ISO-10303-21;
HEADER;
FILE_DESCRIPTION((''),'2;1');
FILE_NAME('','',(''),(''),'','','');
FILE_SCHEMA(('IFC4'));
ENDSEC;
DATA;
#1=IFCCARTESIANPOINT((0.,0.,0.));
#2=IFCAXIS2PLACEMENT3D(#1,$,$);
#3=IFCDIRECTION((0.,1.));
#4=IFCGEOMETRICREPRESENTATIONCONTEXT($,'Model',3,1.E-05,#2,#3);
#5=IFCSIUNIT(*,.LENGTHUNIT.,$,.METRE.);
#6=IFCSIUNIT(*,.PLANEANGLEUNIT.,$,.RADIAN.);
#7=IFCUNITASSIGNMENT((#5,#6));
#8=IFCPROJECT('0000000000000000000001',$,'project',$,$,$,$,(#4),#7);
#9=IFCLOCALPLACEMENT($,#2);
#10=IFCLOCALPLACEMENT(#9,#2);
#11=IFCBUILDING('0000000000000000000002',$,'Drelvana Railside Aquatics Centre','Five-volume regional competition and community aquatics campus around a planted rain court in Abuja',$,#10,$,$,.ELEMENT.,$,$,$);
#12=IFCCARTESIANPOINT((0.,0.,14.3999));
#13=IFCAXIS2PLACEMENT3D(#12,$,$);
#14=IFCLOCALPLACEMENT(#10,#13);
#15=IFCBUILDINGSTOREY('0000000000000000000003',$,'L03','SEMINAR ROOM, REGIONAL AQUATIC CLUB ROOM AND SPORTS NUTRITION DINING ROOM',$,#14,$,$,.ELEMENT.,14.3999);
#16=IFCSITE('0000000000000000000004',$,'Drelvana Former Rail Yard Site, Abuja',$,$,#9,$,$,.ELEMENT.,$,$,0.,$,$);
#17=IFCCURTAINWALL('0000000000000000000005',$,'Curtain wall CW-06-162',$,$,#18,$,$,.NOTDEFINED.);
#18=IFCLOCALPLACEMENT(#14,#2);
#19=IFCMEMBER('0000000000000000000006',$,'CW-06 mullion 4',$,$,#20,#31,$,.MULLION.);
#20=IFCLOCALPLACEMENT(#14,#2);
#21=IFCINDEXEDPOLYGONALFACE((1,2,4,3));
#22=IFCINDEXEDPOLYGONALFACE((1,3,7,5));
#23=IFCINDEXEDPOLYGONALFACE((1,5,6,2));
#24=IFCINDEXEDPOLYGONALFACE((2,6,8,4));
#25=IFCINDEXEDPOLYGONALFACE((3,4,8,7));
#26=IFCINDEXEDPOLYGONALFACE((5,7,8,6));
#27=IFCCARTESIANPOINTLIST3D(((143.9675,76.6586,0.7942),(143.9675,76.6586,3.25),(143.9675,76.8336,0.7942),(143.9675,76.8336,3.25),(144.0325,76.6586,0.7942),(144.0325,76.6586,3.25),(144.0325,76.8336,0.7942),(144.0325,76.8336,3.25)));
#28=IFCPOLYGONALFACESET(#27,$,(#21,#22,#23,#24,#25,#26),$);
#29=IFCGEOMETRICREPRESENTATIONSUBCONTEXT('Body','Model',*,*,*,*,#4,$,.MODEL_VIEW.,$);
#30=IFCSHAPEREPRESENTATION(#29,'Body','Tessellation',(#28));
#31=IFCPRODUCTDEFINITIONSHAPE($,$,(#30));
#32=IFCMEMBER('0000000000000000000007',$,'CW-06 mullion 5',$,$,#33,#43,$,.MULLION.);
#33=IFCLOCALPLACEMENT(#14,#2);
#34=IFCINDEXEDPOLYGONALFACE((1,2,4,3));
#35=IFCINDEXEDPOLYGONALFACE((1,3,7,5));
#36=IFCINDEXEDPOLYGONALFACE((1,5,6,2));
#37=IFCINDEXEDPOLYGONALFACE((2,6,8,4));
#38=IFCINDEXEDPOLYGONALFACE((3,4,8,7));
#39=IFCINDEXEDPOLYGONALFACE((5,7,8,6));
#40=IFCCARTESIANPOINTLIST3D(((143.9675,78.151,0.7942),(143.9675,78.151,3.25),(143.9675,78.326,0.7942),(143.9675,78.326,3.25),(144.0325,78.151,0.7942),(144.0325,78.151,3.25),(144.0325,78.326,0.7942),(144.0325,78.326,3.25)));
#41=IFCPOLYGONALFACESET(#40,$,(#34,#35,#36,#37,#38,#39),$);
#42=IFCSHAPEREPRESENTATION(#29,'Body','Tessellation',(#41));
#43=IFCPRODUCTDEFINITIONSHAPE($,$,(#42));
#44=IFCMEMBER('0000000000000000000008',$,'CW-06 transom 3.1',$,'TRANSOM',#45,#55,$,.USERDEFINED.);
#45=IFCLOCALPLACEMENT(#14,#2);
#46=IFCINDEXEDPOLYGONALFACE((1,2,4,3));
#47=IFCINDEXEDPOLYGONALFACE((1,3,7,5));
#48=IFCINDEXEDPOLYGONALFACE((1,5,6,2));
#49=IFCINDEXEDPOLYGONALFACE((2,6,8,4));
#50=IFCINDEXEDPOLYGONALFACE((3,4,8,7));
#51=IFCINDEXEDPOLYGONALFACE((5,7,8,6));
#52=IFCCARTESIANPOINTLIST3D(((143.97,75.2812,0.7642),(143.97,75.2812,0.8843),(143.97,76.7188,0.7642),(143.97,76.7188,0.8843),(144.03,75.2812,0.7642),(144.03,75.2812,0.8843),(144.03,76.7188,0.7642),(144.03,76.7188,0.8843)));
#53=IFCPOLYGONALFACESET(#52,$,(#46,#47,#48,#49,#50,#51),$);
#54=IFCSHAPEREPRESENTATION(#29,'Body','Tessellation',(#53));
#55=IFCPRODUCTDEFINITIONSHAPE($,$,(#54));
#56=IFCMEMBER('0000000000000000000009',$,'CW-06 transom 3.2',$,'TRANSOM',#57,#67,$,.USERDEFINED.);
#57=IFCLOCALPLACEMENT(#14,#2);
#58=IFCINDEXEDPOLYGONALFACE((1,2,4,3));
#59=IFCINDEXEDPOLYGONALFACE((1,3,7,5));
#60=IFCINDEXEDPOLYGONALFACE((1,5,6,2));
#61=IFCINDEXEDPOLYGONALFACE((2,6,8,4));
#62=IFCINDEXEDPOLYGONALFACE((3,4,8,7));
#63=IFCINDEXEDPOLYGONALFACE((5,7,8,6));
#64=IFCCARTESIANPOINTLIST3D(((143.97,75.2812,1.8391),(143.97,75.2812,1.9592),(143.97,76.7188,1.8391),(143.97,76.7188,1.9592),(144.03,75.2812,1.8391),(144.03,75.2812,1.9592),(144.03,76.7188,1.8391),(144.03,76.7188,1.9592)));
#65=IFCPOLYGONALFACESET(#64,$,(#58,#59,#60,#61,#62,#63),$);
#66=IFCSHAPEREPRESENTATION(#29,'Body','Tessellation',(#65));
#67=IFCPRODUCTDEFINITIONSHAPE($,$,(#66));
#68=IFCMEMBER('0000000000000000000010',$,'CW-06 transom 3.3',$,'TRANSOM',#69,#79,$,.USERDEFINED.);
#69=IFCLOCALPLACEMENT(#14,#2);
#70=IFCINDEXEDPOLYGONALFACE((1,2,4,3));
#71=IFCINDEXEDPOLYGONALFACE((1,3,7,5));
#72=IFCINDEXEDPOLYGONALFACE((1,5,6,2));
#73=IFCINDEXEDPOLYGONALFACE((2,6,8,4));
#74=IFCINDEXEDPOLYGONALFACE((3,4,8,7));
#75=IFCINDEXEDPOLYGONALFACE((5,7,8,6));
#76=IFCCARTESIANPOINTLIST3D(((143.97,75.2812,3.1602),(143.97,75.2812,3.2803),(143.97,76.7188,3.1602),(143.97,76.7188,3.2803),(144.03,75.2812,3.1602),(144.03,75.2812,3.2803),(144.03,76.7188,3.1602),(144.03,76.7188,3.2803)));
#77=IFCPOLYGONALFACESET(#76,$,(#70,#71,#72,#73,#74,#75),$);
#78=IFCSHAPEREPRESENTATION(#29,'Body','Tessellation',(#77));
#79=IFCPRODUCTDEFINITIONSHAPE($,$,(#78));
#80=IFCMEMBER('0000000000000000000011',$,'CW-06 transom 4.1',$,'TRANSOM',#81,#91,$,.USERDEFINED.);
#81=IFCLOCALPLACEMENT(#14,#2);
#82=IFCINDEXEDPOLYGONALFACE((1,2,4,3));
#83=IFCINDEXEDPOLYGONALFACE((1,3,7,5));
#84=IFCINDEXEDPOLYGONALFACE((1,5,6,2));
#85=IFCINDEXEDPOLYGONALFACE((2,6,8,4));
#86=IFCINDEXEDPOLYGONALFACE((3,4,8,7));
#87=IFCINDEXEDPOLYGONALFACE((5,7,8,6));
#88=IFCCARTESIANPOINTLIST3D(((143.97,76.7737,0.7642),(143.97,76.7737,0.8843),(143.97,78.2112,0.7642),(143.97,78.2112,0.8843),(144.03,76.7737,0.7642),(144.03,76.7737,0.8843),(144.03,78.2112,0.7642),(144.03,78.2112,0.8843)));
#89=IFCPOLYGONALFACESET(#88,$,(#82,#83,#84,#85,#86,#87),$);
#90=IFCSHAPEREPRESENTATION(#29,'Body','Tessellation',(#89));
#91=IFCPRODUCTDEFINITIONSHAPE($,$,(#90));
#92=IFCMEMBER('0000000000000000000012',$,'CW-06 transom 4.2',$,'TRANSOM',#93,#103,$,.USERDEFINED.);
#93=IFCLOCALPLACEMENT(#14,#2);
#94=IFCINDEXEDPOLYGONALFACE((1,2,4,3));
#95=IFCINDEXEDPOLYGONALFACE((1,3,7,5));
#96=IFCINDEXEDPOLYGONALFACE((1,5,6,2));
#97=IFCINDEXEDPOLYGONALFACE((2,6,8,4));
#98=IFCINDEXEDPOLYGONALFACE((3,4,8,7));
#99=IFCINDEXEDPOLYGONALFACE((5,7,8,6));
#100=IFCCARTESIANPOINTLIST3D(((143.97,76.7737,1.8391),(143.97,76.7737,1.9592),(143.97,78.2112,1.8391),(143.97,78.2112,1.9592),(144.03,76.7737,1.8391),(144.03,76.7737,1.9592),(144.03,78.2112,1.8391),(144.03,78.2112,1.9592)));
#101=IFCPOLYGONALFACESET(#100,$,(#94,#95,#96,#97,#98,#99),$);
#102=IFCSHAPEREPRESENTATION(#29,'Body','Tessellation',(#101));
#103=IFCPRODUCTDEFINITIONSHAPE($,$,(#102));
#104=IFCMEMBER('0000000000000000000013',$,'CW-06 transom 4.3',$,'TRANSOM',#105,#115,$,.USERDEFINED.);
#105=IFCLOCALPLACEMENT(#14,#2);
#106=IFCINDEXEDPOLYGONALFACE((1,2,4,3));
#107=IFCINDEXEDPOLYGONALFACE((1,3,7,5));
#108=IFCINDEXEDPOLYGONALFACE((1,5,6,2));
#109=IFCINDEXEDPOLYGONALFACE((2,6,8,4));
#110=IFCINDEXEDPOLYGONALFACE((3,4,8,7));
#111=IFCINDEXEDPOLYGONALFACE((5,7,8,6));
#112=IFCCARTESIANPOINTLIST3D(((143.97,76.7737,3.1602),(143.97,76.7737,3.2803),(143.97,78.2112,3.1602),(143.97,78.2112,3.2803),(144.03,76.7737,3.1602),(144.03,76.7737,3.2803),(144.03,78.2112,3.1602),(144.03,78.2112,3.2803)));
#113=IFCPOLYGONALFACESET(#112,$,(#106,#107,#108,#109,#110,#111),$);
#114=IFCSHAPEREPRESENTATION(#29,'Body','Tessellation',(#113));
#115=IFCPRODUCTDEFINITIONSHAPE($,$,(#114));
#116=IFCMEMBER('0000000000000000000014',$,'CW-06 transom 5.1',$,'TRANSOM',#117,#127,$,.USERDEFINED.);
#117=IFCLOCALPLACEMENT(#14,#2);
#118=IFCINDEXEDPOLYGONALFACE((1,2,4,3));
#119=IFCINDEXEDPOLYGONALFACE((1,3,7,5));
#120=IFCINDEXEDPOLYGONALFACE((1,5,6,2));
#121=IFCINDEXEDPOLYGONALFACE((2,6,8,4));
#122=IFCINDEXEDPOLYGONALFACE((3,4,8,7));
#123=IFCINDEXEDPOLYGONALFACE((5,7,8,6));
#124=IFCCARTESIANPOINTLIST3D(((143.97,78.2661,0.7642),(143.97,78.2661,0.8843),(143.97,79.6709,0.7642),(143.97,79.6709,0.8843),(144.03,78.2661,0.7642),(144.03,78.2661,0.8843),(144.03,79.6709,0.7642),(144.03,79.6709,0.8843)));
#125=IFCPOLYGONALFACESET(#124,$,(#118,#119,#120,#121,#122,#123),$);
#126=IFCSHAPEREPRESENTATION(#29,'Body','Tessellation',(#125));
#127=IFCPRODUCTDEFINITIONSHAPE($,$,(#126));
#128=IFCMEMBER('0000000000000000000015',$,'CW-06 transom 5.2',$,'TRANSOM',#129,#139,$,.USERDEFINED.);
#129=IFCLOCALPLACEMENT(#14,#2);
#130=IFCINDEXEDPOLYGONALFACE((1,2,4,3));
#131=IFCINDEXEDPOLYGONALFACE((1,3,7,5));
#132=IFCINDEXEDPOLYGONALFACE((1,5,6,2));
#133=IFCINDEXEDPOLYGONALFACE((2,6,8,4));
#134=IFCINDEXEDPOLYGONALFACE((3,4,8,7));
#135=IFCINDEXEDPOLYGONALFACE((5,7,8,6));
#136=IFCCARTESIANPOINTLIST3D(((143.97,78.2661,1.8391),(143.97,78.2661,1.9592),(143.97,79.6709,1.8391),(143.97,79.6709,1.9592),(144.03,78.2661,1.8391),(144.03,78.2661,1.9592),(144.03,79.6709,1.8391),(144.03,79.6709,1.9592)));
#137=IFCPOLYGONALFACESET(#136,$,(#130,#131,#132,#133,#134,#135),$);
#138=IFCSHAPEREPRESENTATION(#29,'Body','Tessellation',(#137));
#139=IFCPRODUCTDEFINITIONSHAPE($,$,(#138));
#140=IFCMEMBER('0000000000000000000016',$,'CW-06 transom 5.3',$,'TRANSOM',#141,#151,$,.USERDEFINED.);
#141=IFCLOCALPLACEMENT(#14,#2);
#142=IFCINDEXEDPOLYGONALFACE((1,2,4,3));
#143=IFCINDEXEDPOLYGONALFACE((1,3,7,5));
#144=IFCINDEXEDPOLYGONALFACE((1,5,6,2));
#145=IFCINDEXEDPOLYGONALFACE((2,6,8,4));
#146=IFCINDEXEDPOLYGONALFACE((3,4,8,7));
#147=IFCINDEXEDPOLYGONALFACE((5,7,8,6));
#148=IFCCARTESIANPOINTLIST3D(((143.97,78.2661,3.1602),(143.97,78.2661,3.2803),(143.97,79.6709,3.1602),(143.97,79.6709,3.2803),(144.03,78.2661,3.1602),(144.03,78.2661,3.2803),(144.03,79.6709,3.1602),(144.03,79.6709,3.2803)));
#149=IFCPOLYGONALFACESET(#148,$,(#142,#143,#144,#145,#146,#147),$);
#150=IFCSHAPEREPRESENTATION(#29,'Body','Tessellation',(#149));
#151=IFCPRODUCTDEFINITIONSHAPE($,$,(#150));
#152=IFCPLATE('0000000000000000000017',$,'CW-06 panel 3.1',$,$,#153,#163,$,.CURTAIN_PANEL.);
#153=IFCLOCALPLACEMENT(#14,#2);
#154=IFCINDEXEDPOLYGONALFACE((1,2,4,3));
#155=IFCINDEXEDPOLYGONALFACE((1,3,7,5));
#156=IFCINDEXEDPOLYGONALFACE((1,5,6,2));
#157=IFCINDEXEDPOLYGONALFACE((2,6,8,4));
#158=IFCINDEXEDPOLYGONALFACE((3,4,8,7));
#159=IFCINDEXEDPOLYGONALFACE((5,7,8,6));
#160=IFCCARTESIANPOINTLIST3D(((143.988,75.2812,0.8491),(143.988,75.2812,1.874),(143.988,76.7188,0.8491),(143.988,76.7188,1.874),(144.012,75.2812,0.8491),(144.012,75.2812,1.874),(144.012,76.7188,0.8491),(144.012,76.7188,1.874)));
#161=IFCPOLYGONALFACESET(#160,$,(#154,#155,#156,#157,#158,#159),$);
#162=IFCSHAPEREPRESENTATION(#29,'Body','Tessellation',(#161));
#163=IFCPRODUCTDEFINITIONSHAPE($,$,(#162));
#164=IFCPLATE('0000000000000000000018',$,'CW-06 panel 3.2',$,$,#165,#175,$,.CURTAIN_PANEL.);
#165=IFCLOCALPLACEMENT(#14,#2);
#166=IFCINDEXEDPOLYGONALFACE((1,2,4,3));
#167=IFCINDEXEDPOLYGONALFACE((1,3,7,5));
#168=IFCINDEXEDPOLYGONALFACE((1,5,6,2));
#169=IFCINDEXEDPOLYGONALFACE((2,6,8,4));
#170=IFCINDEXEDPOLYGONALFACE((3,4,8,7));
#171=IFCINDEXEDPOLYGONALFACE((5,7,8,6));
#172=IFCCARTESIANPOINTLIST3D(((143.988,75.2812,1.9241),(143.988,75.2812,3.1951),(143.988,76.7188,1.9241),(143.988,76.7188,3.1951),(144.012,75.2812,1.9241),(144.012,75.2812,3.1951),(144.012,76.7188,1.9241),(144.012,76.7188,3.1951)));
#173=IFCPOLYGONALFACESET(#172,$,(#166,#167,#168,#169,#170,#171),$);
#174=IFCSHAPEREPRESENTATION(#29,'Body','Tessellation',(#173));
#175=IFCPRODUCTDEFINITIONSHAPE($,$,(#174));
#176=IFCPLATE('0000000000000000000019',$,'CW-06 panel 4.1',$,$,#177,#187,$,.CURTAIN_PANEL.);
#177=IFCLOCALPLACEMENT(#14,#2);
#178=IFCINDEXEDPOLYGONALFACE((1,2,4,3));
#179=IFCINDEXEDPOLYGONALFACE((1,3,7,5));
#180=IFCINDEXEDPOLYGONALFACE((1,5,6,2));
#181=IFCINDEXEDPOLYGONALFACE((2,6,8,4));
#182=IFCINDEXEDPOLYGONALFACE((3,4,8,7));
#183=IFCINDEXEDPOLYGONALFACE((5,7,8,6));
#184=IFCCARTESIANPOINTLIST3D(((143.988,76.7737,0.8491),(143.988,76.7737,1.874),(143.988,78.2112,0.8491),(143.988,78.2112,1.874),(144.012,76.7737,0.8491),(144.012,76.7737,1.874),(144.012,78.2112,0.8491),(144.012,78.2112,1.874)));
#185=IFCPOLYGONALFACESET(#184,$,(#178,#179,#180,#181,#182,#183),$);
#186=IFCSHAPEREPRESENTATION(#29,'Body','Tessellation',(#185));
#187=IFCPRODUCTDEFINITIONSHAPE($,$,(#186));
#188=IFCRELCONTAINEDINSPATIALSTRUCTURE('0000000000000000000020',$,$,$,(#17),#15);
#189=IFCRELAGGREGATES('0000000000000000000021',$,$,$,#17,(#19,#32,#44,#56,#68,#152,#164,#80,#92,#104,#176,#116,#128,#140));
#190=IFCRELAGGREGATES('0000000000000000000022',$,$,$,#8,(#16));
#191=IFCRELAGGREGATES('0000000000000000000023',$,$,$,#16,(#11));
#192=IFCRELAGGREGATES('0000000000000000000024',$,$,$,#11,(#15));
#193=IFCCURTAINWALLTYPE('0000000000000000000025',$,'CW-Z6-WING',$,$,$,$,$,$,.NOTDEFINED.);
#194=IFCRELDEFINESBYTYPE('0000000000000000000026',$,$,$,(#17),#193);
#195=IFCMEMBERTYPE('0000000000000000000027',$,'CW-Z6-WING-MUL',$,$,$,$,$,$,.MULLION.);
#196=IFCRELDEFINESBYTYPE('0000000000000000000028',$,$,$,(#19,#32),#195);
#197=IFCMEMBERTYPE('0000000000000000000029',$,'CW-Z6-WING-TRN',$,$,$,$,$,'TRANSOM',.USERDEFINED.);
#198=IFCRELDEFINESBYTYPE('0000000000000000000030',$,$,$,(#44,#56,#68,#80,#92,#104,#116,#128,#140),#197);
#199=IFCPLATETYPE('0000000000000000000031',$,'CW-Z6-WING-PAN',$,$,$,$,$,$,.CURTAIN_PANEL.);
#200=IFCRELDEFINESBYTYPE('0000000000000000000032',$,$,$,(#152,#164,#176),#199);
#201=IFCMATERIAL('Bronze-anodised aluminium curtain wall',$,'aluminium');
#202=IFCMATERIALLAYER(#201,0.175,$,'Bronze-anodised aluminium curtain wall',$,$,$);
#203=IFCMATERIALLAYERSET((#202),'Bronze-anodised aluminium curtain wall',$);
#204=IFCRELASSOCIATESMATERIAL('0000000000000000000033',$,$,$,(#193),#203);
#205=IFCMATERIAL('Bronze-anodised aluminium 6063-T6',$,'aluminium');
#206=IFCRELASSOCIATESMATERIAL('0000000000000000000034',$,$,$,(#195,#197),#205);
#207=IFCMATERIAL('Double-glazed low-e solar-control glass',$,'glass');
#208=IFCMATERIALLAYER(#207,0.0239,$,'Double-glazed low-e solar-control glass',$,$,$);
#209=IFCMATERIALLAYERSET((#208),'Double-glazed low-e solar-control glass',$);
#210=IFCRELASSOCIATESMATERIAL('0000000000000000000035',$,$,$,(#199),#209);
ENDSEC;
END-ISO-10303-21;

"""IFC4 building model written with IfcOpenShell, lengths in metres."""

from ifc_helpers import new_model, si_unit, direction, frame, origin, origin_2d, place, context, subcontext, project, spatial, rectangle, extrude, material, layer, layer_set, material_profile, profile_set, type_object, element, aggregate, save


model = new_model("IFC4")

# Units and contexts
model_context = context("Model", 3, precision=1e-05, world=origin(), true_north=direction((0.0, 1.0)))
body_context = subcontext(model_context, "Body", "Model", "MODEL_VIEW")
ifc_project = project(units=[si_unit("LENGTHUNIT", "METRE"), si_unit("PLANEANGLEUNIT", "RADIAN")], contexts=[model_context])

# Site, building, storey
site_placement = place(None, origin())
site = spatial("IfcSite", under=ifc_project, at=site_placement, Name="Drelvana Former Rail Yard Site, Abuja", CompositionType="ELEMENT", RefElevation=0.0)
building_placement = place(site_placement, origin())
building = spatial("IfcBuilding", under=site, at=building_placement, Name="Drelvana Railside Aquatics Centre", Description="Five-volume regional competition and community aquatics campus around a planted rain court in Abuja", CompositionType="ELEMENT")
storey_placement = place(building_placement, frame((0.0, 0.0, 14.3999)))
storey = spatial("IfcBuildingStorey", under=building, at=storey_placement, Name="L03", Description="SEMINAR ROOM, REGIONAL AQUATIC CLUB ROOM AND SPORTS NUTRITION DINING ROOM", CompositionType="ELEMENT", Elevation=14.3999)

# Curtain wall, members, plates
ifc_material_1 = material(Name="Bronze-anodised aluminium curtain wall", Category="aluminium")
ifc_layer_1 = layer(ifc_material_1, 0.175, Name="Bronze-anodised aluminium curtain wall")
ifc_layer_set_1 = layer_set([ifc_layer_1], Name="Bronze-anodised aluminium curtain wall")
curtain_wall_type = type_object("IfcCurtainWallType", Name="CW-Z6-WING", PredefinedType="NOTDEFINED", material=ifc_layer_set_1)
curtain_wall_placement = place(storey_placement, origin())
curtain_wall = element("IfcCurtainWall", 1, at=curtain_wall_placement, inside=storey, type_object=curtain_wall_type, Name="Curtain wall CW-06-162", PredefinedType="NOTDEFINED")
ifc_material_2 = material(Name="Bronze-anodised aluminium 6063-T6", Category="aluminium")
ifc_material_profile_1 = material_profile(ifc_material_2, rectangle(XDim=0.0649, YDim=0.175, at=origin_2d()), Name="ALU-M 65x175")
ifc_profile_set_1 = profile_set([ifc_material_profile_1], Name="Bronze-anodised aluminium 6063-T6")
member_type_1 = type_object("IfcMemberType", Name="CW-Z6-WING-MUL", PredefinedType="MULLION", material=ifc_profile_set_1)
member_1_placement = place(storey_placement, frame((144.0, 76.7461, 0.7942), z_axis=(0.0, 0.0, 1.0), x_axis=(-1.0, 0.0, 0.0)))
member_1 = element("IfcMember", 2, at=member_1_placement, type_object=member_type_1, Name="CW-06 mullion 4", PredefinedType="MULLION", context=body_context, shape_type="SweptSolid", body=[
    extrude(rectangle(XDim=0.0649, YDim=0.175, at=origin_2d()), origin(), (0.0, 0.0, 1.0), 2.4558),
])
member_2_placement = place(storey_placement, frame((144.0, 78.2385, 0.7942), z_axis=(0.0, 0.0, 1.0), x_axis=(-1.0, 0.0, 0.0)))
member_2 = element("IfcMember", 3, at=member_2_placement, type_object=member_type_1, Name="CW-06 mullion 5", PredefinedType="MULLION", context=body_context, shape_type="SweptSolid", body=[
    extrude(rectangle(XDim=0.0649, YDim=0.175, at=origin_2d()), origin(), (0.0, 0.0, 1.0), 2.4558),
])
ifc_material_profile_2 = material_profile(ifc_material_2, rectangle(XDim=0.1201, YDim=0.0601, at=origin_2d()), Name="ALU-T 60x120")
ifc_profile_set_2 = profile_set([ifc_material_profile_2], Name="Bronze-anodised aluminium 6063-T6")
member_type_2 = type_object("IfcMemberType", Name="CW-Z6-WING-TRN", ElementType="TRANSOM", PredefinedType="USERDEFINED", material=ifc_profile_set_2)
member_3_placement = place(storey_placement, frame((144.0, 75.2812, 0.8242), z_axis=(0.0, 1.0, 0.0), x_axis=(0.0, 0.0, 1.0)))
member_3 = element("IfcMember", 4, at=member_3_placement, type_object=member_type_2, Name="CW-06 transom 3.1", ObjectType="TRANSOM", PredefinedType="USERDEFINED", context=body_context, shape_type="SweptSolid", body=[
    extrude(rectangle(XDim=0.1201, YDim=0.0601, at=origin_2d()), origin(), (0.0, 0.0, 1.0), 1.4375),
])
member_4_placement = place(storey_placement, frame((144.0, 75.2812, 1.8992), z_axis=(0.0, 1.0, 0.0), x_axis=(0.0, 0.0, 1.0)))
member_4 = element("IfcMember", 5, at=member_4_placement, type_object=member_type_2, Name="CW-06 transom 3.2", ObjectType="TRANSOM", PredefinedType="USERDEFINED", context=body_context, shape_type="SweptSolid", body=[
    extrude(rectangle(XDim=0.1201, YDim=0.0601, at=origin_2d()), origin(), (0.0, 0.0, 1.0), 1.4375),
])
member_5_placement = place(storey_placement, frame((144.0, 75.2812, 3.2202), z_axis=(0.0, 1.0, 0.0), x_axis=(0.0, 0.0, 1.0)))
member_5 = element("IfcMember", 6, at=member_5_placement, type_object=member_type_2, Name="CW-06 transom 3.3", ObjectType="TRANSOM", PredefinedType="USERDEFINED", context=body_context, shape_type="SweptSolid", body=[
    extrude(rectangle(XDim=0.1201, YDim=0.0601, at=origin_2d()), origin(), (0.0, 0.0, 1.0), 1.4375),
])
member_6_placement = place(storey_placement, frame((144.0, 76.7737, 0.8242), z_axis=(0.0, 1.0, 0.0), x_axis=(0.0, 0.0, 1.0)))
member_6 = element("IfcMember", 7, at=member_6_placement, type_object=member_type_2, Name="CW-06 transom 4.1", ObjectType="TRANSOM", PredefinedType="USERDEFINED", context=body_context, shape_type="SweptSolid", body=[
    extrude(rectangle(XDim=0.1201, YDim=0.0601, at=origin_2d()), origin(), (0.0, 0.0, 1.0), 1.4375),
])
member_7_placement = place(storey_placement, frame((144.0, 76.7737, 1.8992), z_axis=(0.0, 1.0, 0.0), x_axis=(0.0, 0.0, 1.0)))
member_7 = element("IfcMember", 8, at=member_7_placement, type_object=member_type_2, Name="CW-06 transom 4.2", ObjectType="TRANSOM", PredefinedType="USERDEFINED", context=body_context, shape_type="SweptSolid", body=[
    extrude(rectangle(XDim=0.1201, YDim=0.0601, at=origin_2d()), origin(), (0.0, 0.0, 1.0), 1.4375),
])
member_8_placement = place(storey_placement, frame((144.0, 76.7737, 3.2202), z_axis=(0.0, 1.0, 0.0), x_axis=(0.0, 0.0, 1.0)))
member_8 = element("IfcMember", 9, at=member_8_placement, type_object=member_type_2, Name="CW-06 transom 4.3", ObjectType="TRANSOM", PredefinedType="USERDEFINED", context=body_context, shape_type="SweptSolid", body=[
    extrude(rectangle(XDim=0.1201, YDim=0.0601, at=origin_2d()), origin(), (0.0, 0.0, 1.0), 1.4375),
])
member_9_placement = place(storey_placement, frame((144.0, 78.2661, 0.8242), z_axis=(0.0, 1.0, 0.0), x_axis=(0.0, 0.0, 1.0)))
member_9 = element("IfcMember", 10, at=member_9_placement, type_object=member_type_2, Name="CW-06 transom 5.1", ObjectType="TRANSOM", PredefinedType="USERDEFINED", context=body_context, shape_type="SweptSolid", body=[
    extrude(rectangle(XDim=0.1201, YDim=0.0601, at=origin_2d()), origin(), (0.0, 0.0, 1.0), 1.4048),
])
member_10_placement = place(storey_placement, frame((144.0, 78.2661, 1.8992), z_axis=(0.0, 1.0, 0.0), x_axis=(0.0, 0.0, 1.0)))
member_10 = element("IfcMember", 11, at=member_10_placement, type_object=member_type_2, Name="CW-06 transom 5.2", ObjectType="TRANSOM", PredefinedType="USERDEFINED", context=body_context, shape_type="SweptSolid", body=[
    extrude(rectangle(XDim=0.1201, YDim=0.0601, at=origin_2d()), origin(), (0.0, 0.0, 1.0), 1.4048),
])
member_11_placement = place(storey_placement, frame((144.0, 78.2661, 3.2202), z_axis=(0.0, 1.0, 0.0), x_axis=(0.0, 0.0, 1.0)))
member_11 = element("IfcMember", 12, at=member_11_placement, type_object=member_type_2, Name="CW-06 transom 5.3", ObjectType="TRANSOM", PredefinedType="USERDEFINED", context=body_context, shape_type="SweptSolid", body=[
    extrude(rectangle(XDim=0.1201, YDim=0.0601, at=origin_2d()), origin(), (0.0, 0.0, 1.0), 1.4048),
])
ifc_material_3 = material(Name="Double-glazed low-e solar-control glass", Category="glass")
ifc_layer_2 = layer(ifc_material_3, 0.0239, Name="Double-glazed low-e solar-control glass")
ifc_layer_set_2 = layer_set([ifc_layer_2], Name="Double-glazed low-e solar-control glass")
plate_type = type_object("IfcPlateType", Name="CW-Z6-WING-PAN", PredefinedType="CURTAIN_PANEL", material=ifc_layer_set_2)
plate_1_placement = place(storey_placement, frame((144.0, 76.0, 0.8491), z_axis=(0.0, 0.0, 1.0), x_axis=(0.0, 1.0, 0.0)))
plate_1 = element("IfcPlate", 13, at=plate_1_placement, type_object=plate_type, Name="CW-06 panel 3.1", PredefinedType="CURTAIN_PANEL", context=body_context, shape_type="SweptSolid", body=[
    extrude(rectangle(XDim=1.4375, YDim=0.0239, at=origin_2d()), origin(), (0.0, 0.0, 1.0), 1.0249),
])
plate_2_placement = place(storey_placement, frame((144.0, 76.0, 1.9241), z_axis=(0.0, 0.0, 1.0), x_axis=(0.0, 1.0, 0.0)))
plate_2 = element("IfcPlate", 14, at=plate_2_placement, type_object=plate_type, Name="CW-06 panel 3.2", PredefinedType="CURTAIN_PANEL", context=body_context, shape_type="SweptSolid", body=[
    extrude(rectangle(XDim=1.4375, YDim=0.0239, at=origin_2d()), origin(), (0.0, 0.0, 1.0), 1.271),
])
plate_3_placement = place(storey_placement, frame((144.0, 77.4924, 0.8491), z_axis=(0.0, 0.0, 1.0), x_axis=(0.0, 1.0, 0.0)))
plate_3 = element("IfcPlate", 15, at=plate_3_placement, type_object=plate_type, Name="CW-06 panel 4.1", PredefinedType="CURTAIN_PANEL", context=body_context, shape_type="SweptSolid", body=[
    extrude(rectangle(XDim=1.4375, YDim=0.0239, at=origin_2d()), origin(), (0.0, 0.0, 1.0), 1.0249),
])
aggregate(curtain_wall, [member_1, member_2, member_3, member_4, member_5, plate_1, plate_2, member_6, member_7, member_8, plate_3, member_9, member_10, member_11])

save(model, "model.ifc")
